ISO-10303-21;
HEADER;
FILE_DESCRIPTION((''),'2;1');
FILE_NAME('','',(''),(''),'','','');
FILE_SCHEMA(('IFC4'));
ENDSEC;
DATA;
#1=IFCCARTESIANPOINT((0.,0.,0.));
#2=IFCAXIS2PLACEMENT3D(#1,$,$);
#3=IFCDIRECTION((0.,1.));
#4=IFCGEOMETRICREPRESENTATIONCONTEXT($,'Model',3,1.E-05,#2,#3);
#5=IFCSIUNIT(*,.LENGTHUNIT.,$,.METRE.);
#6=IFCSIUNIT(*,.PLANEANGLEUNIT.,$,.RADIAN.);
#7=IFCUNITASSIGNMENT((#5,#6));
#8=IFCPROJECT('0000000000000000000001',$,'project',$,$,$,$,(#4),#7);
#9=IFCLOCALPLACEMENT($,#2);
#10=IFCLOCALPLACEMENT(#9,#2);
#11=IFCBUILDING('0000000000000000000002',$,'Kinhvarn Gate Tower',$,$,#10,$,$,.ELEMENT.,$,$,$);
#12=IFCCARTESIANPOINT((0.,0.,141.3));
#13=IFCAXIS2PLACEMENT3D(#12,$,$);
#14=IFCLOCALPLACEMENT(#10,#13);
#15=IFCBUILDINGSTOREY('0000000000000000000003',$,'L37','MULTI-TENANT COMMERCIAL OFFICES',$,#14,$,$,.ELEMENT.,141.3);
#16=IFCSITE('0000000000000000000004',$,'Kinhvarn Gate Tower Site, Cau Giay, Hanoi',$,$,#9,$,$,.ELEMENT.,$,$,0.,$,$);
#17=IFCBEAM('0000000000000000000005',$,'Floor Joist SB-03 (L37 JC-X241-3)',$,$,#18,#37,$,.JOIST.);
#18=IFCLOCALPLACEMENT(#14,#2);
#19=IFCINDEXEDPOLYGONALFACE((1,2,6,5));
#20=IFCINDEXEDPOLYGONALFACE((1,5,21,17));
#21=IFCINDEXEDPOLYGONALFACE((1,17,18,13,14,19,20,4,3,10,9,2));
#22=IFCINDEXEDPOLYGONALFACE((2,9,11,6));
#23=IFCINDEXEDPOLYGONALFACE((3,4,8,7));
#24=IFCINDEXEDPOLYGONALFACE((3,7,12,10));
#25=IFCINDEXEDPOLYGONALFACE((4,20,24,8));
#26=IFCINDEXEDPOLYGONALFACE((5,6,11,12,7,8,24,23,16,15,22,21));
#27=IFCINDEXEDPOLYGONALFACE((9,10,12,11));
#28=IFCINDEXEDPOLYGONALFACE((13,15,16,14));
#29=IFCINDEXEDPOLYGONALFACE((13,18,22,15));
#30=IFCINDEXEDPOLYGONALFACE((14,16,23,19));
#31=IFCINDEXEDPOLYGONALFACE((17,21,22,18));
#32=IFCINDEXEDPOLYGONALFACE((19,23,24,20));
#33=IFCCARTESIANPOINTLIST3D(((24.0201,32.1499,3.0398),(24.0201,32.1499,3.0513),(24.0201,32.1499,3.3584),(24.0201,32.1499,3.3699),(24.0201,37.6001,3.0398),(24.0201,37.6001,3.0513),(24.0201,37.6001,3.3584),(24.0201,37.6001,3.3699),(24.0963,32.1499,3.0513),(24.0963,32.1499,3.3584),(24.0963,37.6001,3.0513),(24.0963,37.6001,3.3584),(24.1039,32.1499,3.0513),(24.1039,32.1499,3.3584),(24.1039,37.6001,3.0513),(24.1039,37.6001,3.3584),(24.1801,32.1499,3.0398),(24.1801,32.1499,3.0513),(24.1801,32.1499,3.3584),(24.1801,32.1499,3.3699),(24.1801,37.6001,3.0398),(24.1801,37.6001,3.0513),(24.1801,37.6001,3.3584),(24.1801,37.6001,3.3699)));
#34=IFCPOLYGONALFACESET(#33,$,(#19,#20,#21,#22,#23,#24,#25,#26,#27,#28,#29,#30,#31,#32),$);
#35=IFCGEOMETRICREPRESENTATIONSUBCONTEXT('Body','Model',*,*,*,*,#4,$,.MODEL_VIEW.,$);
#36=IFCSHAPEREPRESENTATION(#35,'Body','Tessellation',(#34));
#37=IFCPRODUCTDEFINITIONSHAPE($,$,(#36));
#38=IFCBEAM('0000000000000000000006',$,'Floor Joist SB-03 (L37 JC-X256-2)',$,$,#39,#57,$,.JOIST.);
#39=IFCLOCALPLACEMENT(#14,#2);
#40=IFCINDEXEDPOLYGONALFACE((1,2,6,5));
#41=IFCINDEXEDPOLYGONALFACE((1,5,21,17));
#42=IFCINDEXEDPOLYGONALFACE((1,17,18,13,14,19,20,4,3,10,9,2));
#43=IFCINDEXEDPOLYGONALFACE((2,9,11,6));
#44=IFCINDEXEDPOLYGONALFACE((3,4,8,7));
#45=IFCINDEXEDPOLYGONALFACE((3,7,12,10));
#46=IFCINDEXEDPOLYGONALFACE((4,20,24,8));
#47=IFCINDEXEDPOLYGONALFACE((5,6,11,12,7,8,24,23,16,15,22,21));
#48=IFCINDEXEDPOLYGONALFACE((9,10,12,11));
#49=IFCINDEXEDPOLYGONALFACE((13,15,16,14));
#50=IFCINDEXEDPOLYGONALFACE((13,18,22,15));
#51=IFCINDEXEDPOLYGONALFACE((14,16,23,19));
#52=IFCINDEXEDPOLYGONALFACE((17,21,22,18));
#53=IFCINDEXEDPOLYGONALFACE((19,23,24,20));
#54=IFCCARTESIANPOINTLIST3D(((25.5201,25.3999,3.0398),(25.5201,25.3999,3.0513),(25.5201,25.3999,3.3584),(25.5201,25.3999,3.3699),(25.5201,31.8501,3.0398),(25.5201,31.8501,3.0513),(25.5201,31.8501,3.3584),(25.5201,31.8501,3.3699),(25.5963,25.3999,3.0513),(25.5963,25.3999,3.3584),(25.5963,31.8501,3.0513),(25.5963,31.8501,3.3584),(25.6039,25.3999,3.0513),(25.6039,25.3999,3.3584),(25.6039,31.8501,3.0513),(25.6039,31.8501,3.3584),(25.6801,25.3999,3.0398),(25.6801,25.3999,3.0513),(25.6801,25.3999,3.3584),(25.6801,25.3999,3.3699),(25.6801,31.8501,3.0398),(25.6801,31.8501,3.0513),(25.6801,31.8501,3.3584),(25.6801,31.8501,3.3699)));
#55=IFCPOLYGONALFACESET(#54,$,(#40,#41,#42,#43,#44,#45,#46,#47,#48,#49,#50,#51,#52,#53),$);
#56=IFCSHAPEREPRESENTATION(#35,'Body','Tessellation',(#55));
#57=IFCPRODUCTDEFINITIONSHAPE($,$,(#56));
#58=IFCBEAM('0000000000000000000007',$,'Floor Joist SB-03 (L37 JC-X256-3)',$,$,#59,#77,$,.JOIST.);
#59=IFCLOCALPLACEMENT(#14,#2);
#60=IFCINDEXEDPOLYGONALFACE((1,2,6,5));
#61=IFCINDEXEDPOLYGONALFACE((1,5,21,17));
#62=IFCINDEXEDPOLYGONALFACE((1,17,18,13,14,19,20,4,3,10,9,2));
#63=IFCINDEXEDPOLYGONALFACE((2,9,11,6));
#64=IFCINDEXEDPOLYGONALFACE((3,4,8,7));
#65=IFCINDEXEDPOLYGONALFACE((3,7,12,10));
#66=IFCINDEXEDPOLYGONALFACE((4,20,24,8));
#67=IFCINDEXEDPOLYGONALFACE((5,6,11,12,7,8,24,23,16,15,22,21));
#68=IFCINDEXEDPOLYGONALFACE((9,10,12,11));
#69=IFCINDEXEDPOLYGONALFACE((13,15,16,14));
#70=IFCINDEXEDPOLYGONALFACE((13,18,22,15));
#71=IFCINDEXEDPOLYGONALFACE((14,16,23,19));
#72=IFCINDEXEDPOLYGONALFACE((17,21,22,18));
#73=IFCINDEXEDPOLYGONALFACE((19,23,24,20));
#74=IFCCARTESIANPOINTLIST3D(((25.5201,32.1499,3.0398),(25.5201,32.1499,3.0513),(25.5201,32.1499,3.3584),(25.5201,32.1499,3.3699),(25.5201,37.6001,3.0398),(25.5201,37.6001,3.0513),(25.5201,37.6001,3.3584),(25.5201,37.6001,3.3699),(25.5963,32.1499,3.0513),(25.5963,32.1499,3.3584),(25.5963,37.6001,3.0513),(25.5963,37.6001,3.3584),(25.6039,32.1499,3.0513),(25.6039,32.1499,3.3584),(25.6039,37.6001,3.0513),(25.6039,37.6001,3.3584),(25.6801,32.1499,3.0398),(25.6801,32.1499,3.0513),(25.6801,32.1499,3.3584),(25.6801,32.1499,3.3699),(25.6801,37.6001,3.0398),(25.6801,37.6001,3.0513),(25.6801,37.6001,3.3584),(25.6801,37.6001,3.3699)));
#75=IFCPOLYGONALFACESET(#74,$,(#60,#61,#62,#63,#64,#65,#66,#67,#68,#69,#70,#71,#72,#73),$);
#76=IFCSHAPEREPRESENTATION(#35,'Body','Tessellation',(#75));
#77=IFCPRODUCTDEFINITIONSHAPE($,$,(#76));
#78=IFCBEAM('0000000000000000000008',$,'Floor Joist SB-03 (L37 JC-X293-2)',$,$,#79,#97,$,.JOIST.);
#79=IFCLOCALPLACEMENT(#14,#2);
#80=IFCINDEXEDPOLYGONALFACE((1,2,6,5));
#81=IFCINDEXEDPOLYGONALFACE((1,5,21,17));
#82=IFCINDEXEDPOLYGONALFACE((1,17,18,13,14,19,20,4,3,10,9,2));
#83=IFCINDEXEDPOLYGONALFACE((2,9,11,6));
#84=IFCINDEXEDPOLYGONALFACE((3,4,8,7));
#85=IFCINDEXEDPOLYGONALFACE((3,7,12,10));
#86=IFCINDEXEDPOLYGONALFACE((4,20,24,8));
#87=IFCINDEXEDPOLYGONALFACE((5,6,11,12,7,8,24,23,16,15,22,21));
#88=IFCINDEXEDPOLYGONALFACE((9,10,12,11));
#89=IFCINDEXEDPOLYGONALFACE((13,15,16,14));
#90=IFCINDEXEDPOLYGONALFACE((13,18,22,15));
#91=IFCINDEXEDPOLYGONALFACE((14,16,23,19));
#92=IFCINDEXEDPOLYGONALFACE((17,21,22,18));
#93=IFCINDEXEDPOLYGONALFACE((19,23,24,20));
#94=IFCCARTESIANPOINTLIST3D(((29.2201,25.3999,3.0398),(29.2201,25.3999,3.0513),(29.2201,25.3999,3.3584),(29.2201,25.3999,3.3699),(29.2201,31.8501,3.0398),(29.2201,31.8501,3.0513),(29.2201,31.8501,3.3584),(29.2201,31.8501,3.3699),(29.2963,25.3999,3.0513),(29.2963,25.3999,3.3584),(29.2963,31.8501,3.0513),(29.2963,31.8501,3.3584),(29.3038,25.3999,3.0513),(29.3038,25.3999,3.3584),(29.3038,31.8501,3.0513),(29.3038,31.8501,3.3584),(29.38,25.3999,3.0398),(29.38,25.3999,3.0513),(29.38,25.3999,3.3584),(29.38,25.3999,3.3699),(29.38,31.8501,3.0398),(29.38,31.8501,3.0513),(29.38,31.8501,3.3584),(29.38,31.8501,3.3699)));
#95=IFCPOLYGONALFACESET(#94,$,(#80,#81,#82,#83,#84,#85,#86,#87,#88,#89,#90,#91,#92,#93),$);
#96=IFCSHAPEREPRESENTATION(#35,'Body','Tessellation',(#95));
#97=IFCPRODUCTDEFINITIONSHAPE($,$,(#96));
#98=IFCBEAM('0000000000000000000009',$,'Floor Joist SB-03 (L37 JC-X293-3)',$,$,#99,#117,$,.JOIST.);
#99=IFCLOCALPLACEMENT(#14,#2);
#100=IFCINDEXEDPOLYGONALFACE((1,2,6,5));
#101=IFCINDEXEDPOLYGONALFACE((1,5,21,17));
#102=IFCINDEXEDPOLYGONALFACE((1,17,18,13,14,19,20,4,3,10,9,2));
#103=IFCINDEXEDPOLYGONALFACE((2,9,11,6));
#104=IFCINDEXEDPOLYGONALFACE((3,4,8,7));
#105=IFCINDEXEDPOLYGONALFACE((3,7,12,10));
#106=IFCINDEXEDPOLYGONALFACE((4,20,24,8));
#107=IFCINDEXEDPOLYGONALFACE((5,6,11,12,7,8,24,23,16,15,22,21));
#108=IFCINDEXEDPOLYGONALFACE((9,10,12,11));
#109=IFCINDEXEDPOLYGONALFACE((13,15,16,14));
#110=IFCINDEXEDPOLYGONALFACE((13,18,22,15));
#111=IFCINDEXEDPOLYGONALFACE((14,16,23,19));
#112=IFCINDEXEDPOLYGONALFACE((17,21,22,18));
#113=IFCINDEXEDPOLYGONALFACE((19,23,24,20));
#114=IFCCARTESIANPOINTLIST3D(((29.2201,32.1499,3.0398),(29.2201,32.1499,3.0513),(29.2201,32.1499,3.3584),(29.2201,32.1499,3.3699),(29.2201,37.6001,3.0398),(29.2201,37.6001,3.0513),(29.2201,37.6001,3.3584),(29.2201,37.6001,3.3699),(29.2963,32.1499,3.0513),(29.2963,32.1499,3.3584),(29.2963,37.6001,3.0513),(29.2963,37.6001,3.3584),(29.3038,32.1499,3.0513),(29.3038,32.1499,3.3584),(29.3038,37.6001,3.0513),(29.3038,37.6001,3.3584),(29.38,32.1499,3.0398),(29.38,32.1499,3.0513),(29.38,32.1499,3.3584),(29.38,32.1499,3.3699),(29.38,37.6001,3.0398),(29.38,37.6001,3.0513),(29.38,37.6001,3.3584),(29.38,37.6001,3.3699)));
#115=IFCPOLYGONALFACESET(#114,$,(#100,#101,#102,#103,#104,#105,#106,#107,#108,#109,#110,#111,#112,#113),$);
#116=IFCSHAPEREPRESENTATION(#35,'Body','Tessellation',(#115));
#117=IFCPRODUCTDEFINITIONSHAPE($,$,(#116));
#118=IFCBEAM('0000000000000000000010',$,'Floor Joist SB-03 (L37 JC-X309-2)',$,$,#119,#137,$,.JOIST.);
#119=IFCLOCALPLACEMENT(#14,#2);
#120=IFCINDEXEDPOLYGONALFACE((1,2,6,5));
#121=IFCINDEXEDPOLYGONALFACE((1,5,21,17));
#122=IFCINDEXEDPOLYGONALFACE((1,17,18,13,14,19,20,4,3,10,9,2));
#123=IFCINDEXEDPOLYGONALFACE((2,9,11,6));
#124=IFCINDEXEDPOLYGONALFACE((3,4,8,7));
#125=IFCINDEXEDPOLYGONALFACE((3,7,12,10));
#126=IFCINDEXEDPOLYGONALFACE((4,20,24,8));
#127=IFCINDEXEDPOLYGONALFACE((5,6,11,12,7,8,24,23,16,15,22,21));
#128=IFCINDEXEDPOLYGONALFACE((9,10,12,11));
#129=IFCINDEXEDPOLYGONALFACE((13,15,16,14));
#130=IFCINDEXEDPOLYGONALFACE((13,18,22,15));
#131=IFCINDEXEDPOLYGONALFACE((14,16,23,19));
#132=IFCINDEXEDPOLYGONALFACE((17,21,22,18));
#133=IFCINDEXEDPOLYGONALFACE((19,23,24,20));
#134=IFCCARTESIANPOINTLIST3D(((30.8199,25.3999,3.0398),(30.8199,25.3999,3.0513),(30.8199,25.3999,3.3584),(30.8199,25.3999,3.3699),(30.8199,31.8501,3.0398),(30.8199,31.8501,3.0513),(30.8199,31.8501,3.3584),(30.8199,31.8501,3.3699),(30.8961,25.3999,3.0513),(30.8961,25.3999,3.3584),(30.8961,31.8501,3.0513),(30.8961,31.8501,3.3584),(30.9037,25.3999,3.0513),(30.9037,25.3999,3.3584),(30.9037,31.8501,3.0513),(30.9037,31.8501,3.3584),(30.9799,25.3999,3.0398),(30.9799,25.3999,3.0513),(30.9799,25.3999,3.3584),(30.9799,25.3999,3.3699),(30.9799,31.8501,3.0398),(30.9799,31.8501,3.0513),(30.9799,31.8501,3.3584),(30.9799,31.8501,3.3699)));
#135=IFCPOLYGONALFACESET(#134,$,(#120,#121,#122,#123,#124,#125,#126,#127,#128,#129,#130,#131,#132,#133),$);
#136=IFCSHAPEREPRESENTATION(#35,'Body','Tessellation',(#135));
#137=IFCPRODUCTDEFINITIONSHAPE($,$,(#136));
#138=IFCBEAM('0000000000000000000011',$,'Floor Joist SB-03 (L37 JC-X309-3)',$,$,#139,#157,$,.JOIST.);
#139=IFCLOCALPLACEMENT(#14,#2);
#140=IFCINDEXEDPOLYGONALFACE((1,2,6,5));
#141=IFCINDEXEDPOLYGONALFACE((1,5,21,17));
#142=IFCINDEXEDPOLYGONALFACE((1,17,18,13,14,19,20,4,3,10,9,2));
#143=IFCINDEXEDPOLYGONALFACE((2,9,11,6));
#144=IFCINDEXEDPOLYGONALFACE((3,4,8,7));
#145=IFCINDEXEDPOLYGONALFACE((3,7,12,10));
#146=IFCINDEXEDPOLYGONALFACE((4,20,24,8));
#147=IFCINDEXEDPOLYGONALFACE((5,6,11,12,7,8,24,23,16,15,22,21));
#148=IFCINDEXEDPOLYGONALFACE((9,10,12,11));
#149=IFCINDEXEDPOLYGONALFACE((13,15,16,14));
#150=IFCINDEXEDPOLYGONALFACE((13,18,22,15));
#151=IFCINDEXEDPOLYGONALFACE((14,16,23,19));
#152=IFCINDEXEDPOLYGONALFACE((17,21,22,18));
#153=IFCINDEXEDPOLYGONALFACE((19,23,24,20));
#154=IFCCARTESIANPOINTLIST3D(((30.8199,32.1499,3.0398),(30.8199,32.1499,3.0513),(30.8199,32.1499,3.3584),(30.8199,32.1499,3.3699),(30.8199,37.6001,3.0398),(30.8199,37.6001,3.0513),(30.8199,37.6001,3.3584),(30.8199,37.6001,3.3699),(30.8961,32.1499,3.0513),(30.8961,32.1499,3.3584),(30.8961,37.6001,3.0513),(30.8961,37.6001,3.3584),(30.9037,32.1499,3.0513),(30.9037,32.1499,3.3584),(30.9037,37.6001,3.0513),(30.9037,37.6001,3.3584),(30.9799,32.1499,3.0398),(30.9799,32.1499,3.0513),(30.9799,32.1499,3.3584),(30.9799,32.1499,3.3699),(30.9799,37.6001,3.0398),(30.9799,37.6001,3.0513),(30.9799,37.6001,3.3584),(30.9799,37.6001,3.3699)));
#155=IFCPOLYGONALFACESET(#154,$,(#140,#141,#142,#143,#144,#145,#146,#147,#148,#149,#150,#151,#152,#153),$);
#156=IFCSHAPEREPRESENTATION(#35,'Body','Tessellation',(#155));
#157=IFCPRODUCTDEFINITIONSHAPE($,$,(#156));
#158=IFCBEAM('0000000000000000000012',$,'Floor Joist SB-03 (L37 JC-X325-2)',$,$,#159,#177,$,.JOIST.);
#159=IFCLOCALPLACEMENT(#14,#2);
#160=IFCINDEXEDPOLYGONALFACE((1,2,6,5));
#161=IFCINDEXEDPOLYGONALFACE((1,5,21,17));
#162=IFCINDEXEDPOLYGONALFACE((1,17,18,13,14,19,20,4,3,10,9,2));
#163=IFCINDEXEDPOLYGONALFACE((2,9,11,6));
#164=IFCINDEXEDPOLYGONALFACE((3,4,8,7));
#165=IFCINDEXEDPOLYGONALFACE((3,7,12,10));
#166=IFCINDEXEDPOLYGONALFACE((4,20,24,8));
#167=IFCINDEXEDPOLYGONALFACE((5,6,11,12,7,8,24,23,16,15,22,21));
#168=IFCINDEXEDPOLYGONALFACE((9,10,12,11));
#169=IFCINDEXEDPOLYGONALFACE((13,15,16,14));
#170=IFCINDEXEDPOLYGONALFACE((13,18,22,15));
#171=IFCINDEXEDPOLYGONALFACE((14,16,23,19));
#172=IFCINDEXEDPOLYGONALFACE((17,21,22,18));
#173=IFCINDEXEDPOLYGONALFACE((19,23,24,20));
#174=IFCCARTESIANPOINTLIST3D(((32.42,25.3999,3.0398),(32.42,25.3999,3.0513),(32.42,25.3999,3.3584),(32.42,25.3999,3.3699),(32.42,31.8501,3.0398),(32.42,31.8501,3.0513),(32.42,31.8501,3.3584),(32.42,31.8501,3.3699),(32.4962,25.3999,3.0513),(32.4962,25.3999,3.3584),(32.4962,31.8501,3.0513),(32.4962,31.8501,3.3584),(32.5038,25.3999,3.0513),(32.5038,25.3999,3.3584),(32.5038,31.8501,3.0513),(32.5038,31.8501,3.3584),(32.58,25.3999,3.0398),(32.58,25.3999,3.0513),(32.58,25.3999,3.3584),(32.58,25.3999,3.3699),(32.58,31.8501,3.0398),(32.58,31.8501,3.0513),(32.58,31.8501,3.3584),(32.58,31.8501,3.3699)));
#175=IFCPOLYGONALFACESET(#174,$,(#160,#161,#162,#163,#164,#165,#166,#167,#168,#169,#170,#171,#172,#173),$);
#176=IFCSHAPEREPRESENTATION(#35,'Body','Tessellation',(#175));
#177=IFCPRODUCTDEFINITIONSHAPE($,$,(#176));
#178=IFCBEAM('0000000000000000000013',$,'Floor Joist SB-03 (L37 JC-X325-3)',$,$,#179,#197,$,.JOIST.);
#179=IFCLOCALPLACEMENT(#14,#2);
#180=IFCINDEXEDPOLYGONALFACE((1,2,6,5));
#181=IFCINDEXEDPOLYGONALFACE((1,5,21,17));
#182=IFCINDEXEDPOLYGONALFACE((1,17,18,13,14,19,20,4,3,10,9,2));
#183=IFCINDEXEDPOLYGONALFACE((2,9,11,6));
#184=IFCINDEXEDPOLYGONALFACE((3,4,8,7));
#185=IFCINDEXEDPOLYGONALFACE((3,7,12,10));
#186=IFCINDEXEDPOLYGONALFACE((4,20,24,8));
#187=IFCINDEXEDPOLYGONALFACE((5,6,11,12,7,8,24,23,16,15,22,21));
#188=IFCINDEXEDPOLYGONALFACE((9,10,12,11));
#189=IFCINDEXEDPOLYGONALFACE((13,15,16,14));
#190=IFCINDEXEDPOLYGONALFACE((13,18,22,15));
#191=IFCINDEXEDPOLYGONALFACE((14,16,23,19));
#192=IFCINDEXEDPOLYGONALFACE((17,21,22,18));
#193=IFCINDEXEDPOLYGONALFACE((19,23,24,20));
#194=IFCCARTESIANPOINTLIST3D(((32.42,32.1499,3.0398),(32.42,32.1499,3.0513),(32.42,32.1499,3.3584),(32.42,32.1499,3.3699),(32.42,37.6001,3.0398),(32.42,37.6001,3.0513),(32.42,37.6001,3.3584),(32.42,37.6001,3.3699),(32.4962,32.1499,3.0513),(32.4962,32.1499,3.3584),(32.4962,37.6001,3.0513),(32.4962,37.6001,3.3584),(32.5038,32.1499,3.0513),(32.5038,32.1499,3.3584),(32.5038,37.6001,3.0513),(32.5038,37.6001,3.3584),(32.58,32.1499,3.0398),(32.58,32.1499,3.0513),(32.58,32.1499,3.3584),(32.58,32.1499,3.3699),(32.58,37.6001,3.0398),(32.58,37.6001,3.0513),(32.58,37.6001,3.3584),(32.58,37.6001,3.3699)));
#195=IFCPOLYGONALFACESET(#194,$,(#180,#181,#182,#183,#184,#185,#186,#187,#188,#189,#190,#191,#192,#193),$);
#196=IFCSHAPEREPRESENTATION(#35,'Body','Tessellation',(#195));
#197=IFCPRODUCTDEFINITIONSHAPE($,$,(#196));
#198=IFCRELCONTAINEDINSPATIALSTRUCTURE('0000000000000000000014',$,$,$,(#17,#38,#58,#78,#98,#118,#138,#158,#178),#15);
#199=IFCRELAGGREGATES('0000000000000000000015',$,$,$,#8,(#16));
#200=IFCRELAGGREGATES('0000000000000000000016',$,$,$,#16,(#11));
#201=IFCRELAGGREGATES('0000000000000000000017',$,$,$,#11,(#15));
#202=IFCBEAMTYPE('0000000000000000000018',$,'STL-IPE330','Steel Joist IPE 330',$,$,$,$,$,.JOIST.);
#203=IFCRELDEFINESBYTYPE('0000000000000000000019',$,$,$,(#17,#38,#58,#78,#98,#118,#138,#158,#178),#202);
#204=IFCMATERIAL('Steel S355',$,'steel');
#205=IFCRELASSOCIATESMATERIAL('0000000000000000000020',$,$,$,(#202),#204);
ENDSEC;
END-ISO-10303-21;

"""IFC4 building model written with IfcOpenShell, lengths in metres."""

from ifc_helpers import new_model, si_unit, direction, frame, origin, origin_2d, place, context, subcontext, project, spatial, i_section, extrude, material, material_profile, profile_set, type_object, element, save


model = new_model("IFC4")

# Units and contexts
model_context = context("Model", 3, precision=1e-05, world=origin(), true_north=direction((0.0, 1.0)))
body_context = subcontext(model_context, "Body", "Model", "MODEL_VIEW")
ifc_project = project(units=[si_unit("LENGTHUNIT", "METRE"), si_unit("PLANEANGLEUNIT", "RADIAN")], contexts=[model_context])

# Site, building, storey
site_placement = place(None, origin())
site = spatial("IfcSite", under=ifc_project, at=site_placement, Name="Kinhvarn Gate Tower Site, Cau Giay, Hanoi", CompositionType="ELEMENT", RefElevation=0.0)
building_placement = place(site_placement, origin())
building = spatial("IfcBuilding", under=site, at=building_placement, Name="Kinhvarn Gate Tower", CompositionType="ELEMENT")
storey_placement = place(building_placement, frame((0.0, 0.0, 141.3)))
storey = spatial("IfcBuildingStorey", under=building, at=storey_placement, Name="L37", Description="MULTI-TENANT COMMERCIAL OFFICES", CompositionType="ELEMENT", Elevation=141.3)

# Beams
ifc_material_1 = material(Name="Steel S355", Category="steel")
ifc_material_profile = material_profile(ifc_material_1, i_section(OverallWidth=0.1599, OverallDepth=0.3301, WebThickness=0.0076, FlangeThickness=0.0115, at=origin_2d()), Name="IPE 330")
ifc_profile_set = profile_set([ifc_material_profile], Name="Steel S355")
beam_type = type_object("IfcBeamType", Name="STL-IPE330", Description="Steel Joist IPE 330", PredefinedType="JOIST", material=ifc_profile_set)
beam_1_placement = place(storey_placement, frame((24.1001, 32.1499, 3.2048), z_axis=(0.0, 1.0, 0.0), x_axis=(-1.0, 0.0, 0.0)))
element("IfcBeam", 1, at=beam_1_placement, inside=storey, type_object=beam_type, Name="Floor Joist SB-03 (L37 JC-X241-3)", PredefinedType="JOIST", context=body_context, shape_type="SweptSolid", body=[
    extrude(i_section(OverallWidth=0.1599, OverallDepth=0.3301, WebThickness=0.0076, FlangeThickness=0.0115, at=origin_2d()), origin(), (0.0, 0.0, 1.0), 5.4502),
])
beam_2_placement = place(storey_placement, frame((25.6001, 25.3999, 3.2048), z_axis=(0.0, 1.0, 0.0), x_axis=(-1.0, 0.0, 0.0)))
element("IfcBeam", 2, at=beam_2_placement, inside=storey, type_object=beam_type, Name="Floor Joist SB-03 (L37 JC-X256-2)", PredefinedType="JOIST", context=body_context, shape_type="SweptSolid", body=[
    extrude(i_section(OverallWidth=0.1599, OverallDepth=0.3301, WebThickness=0.0076, FlangeThickness=0.0115, at=origin_2d()), origin(), (0.0, 0.0, 1.0), 6.4502),
])
beam_3_placement = place(storey_placement, frame((25.6001, 32.1499, 3.2048), z_axis=(0.0, 1.0, 0.0), x_axis=(-1.0, 0.0, 0.0)))
element("IfcBeam", 3, at=beam_3_placement, inside=storey, type_object=beam_type, Name="Floor Joist SB-03 (L37 JC-X256-3)", PredefinedType="JOIST", context=body_context, shape_type="SweptSolid", body=[
    extrude(i_section(OverallWidth=0.1599, OverallDepth=0.3301, WebThickness=0.0076, FlangeThickness=0.0115, at=origin_2d()), origin(), (0.0, 0.0, 1.0), 5.4502),
])
beam_4_placement = place(storey_placement, frame((29.3, 25.3999, 3.2048), z_axis=(0.0, 1.0, 0.0), x_axis=(-1.0, 0.0, 0.0)))
element("IfcBeam", 4, at=beam_4_placement, inside=storey, type_object=beam_type, Name="Floor Joist SB-03 (L37 JC-X293-2)", PredefinedType="JOIST", context=body_context, shape_type="SweptSolid", body=[
    extrude(i_section(OverallWidth=0.1599, OverallDepth=0.3301, WebThickness=0.0076, FlangeThickness=0.0115, at=origin_2d()), origin(), (0.0, 0.0, 1.0), 6.4502),
])
beam_5_placement = place(storey_placement, frame((29.3, 32.1499, 3.2048), z_axis=(0.0, 1.0, 0.0), x_axis=(-1.0, 0.0, 0.0)))
element("IfcBeam", 5, at=beam_5_placement, inside=storey, type_object=beam_type, Name="Floor Joist SB-03 (L37 JC-X293-3)", PredefinedType="JOIST", context=body_context, shape_type="SweptSolid", body=[
    extrude(i_section(OverallWidth=0.1599, OverallDepth=0.3301, WebThickness=0.0076, FlangeThickness=0.0115, at=origin_2d()), origin(), (0.0, 0.0, 1.0), 5.4502),
])
beam_6_placement = place(storey_placement, frame((30.8999, 25.3999, 3.2048), z_axis=(0.0, 1.0, 0.0), x_axis=(-1.0, 0.0, 0.0)))
element("IfcBeam", 6, at=beam_6_placement, inside=storey, type_object=beam_type, Name="Floor Joist SB-03 (L37 JC-X309-2)", PredefinedType="JOIST", context=body_context, shape_type="SweptSolid", body=[
    extrude(i_section(OverallWidth=0.1599, OverallDepth=0.3301, WebThickness=0.0076, FlangeThickness=0.0115, at=origin_2d()), origin(), (0.0, 0.0, 1.0), 6.4502),
])
beam_7_placement = place(storey_placement, frame((30.8999, 32.1499, 3.2048), z_axis=(0.0, 1.0, 0.0), x_axis=(-1.0, 0.0, 0.0)))
element("IfcBeam", 7, at=beam_7_placement, inside=storey, type_object=beam_type, Name="Floor Joist SB-03 (L37 JC-X309-3)", PredefinedType="JOIST", context=body_context, shape_type="SweptSolid", body=[
    extrude(i_section(OverallWidth=0.1599, OverallDepth=0.3301, WebThickness=0.0076, FlangeThickness=0.0115, at=origin_2d()), origin(), (0.0, 0.0, 1.0), 5.4502),
])
beam_8_placement = place(storey_placement, frame((32.5, 25.3999, 3.2048), z_axis=(0.0, 1.0, 0.0), x_axis=(-1.0, 0.0, 0.0)))
element("IfcBeam", 8, at=beam_8_placement, inside=storey, type_object=beam_type, Name="Floor Joist SB-03 (L37 JC-X325-2)", PredefinedType="JOIST", context=body_context, shape_type="SweptSolid", body=[
    extrude(i_section(OverallWidth=0.1599, OverallDepth=0.3301, WebThickness=0.0076, FlangeThickness=0.0115, at=origin_2d()), origin(), (0.0, 0.0, 1.0), 6.4502),
])
beam_9_placement = place(storey_placement, frame((32.5, 32.1499, 3.2048), z_axis=(0.0, 1.0, 0.0), x_axis=(-1.0, 0.0, 0.0)))
element("IfcBeam", 9, at=beam_9_placement, inside=storey, type_object=beam_type, Name="Floor Joist SB-03 (L37 JC-X325-3)", PredefinedType="JOIST", context=body_context, shape_type="SweptSolid", body=[
    extrude(i_section(OverallWidth=0.1599, OverallDepth=0.3301, WebThickness=0.0076, FlangeThickness=0.0115, at=origin_2d()), origin(), (0.0, 0.0, 1.0), 5.4502),
])

save(model, "model.ifc")
